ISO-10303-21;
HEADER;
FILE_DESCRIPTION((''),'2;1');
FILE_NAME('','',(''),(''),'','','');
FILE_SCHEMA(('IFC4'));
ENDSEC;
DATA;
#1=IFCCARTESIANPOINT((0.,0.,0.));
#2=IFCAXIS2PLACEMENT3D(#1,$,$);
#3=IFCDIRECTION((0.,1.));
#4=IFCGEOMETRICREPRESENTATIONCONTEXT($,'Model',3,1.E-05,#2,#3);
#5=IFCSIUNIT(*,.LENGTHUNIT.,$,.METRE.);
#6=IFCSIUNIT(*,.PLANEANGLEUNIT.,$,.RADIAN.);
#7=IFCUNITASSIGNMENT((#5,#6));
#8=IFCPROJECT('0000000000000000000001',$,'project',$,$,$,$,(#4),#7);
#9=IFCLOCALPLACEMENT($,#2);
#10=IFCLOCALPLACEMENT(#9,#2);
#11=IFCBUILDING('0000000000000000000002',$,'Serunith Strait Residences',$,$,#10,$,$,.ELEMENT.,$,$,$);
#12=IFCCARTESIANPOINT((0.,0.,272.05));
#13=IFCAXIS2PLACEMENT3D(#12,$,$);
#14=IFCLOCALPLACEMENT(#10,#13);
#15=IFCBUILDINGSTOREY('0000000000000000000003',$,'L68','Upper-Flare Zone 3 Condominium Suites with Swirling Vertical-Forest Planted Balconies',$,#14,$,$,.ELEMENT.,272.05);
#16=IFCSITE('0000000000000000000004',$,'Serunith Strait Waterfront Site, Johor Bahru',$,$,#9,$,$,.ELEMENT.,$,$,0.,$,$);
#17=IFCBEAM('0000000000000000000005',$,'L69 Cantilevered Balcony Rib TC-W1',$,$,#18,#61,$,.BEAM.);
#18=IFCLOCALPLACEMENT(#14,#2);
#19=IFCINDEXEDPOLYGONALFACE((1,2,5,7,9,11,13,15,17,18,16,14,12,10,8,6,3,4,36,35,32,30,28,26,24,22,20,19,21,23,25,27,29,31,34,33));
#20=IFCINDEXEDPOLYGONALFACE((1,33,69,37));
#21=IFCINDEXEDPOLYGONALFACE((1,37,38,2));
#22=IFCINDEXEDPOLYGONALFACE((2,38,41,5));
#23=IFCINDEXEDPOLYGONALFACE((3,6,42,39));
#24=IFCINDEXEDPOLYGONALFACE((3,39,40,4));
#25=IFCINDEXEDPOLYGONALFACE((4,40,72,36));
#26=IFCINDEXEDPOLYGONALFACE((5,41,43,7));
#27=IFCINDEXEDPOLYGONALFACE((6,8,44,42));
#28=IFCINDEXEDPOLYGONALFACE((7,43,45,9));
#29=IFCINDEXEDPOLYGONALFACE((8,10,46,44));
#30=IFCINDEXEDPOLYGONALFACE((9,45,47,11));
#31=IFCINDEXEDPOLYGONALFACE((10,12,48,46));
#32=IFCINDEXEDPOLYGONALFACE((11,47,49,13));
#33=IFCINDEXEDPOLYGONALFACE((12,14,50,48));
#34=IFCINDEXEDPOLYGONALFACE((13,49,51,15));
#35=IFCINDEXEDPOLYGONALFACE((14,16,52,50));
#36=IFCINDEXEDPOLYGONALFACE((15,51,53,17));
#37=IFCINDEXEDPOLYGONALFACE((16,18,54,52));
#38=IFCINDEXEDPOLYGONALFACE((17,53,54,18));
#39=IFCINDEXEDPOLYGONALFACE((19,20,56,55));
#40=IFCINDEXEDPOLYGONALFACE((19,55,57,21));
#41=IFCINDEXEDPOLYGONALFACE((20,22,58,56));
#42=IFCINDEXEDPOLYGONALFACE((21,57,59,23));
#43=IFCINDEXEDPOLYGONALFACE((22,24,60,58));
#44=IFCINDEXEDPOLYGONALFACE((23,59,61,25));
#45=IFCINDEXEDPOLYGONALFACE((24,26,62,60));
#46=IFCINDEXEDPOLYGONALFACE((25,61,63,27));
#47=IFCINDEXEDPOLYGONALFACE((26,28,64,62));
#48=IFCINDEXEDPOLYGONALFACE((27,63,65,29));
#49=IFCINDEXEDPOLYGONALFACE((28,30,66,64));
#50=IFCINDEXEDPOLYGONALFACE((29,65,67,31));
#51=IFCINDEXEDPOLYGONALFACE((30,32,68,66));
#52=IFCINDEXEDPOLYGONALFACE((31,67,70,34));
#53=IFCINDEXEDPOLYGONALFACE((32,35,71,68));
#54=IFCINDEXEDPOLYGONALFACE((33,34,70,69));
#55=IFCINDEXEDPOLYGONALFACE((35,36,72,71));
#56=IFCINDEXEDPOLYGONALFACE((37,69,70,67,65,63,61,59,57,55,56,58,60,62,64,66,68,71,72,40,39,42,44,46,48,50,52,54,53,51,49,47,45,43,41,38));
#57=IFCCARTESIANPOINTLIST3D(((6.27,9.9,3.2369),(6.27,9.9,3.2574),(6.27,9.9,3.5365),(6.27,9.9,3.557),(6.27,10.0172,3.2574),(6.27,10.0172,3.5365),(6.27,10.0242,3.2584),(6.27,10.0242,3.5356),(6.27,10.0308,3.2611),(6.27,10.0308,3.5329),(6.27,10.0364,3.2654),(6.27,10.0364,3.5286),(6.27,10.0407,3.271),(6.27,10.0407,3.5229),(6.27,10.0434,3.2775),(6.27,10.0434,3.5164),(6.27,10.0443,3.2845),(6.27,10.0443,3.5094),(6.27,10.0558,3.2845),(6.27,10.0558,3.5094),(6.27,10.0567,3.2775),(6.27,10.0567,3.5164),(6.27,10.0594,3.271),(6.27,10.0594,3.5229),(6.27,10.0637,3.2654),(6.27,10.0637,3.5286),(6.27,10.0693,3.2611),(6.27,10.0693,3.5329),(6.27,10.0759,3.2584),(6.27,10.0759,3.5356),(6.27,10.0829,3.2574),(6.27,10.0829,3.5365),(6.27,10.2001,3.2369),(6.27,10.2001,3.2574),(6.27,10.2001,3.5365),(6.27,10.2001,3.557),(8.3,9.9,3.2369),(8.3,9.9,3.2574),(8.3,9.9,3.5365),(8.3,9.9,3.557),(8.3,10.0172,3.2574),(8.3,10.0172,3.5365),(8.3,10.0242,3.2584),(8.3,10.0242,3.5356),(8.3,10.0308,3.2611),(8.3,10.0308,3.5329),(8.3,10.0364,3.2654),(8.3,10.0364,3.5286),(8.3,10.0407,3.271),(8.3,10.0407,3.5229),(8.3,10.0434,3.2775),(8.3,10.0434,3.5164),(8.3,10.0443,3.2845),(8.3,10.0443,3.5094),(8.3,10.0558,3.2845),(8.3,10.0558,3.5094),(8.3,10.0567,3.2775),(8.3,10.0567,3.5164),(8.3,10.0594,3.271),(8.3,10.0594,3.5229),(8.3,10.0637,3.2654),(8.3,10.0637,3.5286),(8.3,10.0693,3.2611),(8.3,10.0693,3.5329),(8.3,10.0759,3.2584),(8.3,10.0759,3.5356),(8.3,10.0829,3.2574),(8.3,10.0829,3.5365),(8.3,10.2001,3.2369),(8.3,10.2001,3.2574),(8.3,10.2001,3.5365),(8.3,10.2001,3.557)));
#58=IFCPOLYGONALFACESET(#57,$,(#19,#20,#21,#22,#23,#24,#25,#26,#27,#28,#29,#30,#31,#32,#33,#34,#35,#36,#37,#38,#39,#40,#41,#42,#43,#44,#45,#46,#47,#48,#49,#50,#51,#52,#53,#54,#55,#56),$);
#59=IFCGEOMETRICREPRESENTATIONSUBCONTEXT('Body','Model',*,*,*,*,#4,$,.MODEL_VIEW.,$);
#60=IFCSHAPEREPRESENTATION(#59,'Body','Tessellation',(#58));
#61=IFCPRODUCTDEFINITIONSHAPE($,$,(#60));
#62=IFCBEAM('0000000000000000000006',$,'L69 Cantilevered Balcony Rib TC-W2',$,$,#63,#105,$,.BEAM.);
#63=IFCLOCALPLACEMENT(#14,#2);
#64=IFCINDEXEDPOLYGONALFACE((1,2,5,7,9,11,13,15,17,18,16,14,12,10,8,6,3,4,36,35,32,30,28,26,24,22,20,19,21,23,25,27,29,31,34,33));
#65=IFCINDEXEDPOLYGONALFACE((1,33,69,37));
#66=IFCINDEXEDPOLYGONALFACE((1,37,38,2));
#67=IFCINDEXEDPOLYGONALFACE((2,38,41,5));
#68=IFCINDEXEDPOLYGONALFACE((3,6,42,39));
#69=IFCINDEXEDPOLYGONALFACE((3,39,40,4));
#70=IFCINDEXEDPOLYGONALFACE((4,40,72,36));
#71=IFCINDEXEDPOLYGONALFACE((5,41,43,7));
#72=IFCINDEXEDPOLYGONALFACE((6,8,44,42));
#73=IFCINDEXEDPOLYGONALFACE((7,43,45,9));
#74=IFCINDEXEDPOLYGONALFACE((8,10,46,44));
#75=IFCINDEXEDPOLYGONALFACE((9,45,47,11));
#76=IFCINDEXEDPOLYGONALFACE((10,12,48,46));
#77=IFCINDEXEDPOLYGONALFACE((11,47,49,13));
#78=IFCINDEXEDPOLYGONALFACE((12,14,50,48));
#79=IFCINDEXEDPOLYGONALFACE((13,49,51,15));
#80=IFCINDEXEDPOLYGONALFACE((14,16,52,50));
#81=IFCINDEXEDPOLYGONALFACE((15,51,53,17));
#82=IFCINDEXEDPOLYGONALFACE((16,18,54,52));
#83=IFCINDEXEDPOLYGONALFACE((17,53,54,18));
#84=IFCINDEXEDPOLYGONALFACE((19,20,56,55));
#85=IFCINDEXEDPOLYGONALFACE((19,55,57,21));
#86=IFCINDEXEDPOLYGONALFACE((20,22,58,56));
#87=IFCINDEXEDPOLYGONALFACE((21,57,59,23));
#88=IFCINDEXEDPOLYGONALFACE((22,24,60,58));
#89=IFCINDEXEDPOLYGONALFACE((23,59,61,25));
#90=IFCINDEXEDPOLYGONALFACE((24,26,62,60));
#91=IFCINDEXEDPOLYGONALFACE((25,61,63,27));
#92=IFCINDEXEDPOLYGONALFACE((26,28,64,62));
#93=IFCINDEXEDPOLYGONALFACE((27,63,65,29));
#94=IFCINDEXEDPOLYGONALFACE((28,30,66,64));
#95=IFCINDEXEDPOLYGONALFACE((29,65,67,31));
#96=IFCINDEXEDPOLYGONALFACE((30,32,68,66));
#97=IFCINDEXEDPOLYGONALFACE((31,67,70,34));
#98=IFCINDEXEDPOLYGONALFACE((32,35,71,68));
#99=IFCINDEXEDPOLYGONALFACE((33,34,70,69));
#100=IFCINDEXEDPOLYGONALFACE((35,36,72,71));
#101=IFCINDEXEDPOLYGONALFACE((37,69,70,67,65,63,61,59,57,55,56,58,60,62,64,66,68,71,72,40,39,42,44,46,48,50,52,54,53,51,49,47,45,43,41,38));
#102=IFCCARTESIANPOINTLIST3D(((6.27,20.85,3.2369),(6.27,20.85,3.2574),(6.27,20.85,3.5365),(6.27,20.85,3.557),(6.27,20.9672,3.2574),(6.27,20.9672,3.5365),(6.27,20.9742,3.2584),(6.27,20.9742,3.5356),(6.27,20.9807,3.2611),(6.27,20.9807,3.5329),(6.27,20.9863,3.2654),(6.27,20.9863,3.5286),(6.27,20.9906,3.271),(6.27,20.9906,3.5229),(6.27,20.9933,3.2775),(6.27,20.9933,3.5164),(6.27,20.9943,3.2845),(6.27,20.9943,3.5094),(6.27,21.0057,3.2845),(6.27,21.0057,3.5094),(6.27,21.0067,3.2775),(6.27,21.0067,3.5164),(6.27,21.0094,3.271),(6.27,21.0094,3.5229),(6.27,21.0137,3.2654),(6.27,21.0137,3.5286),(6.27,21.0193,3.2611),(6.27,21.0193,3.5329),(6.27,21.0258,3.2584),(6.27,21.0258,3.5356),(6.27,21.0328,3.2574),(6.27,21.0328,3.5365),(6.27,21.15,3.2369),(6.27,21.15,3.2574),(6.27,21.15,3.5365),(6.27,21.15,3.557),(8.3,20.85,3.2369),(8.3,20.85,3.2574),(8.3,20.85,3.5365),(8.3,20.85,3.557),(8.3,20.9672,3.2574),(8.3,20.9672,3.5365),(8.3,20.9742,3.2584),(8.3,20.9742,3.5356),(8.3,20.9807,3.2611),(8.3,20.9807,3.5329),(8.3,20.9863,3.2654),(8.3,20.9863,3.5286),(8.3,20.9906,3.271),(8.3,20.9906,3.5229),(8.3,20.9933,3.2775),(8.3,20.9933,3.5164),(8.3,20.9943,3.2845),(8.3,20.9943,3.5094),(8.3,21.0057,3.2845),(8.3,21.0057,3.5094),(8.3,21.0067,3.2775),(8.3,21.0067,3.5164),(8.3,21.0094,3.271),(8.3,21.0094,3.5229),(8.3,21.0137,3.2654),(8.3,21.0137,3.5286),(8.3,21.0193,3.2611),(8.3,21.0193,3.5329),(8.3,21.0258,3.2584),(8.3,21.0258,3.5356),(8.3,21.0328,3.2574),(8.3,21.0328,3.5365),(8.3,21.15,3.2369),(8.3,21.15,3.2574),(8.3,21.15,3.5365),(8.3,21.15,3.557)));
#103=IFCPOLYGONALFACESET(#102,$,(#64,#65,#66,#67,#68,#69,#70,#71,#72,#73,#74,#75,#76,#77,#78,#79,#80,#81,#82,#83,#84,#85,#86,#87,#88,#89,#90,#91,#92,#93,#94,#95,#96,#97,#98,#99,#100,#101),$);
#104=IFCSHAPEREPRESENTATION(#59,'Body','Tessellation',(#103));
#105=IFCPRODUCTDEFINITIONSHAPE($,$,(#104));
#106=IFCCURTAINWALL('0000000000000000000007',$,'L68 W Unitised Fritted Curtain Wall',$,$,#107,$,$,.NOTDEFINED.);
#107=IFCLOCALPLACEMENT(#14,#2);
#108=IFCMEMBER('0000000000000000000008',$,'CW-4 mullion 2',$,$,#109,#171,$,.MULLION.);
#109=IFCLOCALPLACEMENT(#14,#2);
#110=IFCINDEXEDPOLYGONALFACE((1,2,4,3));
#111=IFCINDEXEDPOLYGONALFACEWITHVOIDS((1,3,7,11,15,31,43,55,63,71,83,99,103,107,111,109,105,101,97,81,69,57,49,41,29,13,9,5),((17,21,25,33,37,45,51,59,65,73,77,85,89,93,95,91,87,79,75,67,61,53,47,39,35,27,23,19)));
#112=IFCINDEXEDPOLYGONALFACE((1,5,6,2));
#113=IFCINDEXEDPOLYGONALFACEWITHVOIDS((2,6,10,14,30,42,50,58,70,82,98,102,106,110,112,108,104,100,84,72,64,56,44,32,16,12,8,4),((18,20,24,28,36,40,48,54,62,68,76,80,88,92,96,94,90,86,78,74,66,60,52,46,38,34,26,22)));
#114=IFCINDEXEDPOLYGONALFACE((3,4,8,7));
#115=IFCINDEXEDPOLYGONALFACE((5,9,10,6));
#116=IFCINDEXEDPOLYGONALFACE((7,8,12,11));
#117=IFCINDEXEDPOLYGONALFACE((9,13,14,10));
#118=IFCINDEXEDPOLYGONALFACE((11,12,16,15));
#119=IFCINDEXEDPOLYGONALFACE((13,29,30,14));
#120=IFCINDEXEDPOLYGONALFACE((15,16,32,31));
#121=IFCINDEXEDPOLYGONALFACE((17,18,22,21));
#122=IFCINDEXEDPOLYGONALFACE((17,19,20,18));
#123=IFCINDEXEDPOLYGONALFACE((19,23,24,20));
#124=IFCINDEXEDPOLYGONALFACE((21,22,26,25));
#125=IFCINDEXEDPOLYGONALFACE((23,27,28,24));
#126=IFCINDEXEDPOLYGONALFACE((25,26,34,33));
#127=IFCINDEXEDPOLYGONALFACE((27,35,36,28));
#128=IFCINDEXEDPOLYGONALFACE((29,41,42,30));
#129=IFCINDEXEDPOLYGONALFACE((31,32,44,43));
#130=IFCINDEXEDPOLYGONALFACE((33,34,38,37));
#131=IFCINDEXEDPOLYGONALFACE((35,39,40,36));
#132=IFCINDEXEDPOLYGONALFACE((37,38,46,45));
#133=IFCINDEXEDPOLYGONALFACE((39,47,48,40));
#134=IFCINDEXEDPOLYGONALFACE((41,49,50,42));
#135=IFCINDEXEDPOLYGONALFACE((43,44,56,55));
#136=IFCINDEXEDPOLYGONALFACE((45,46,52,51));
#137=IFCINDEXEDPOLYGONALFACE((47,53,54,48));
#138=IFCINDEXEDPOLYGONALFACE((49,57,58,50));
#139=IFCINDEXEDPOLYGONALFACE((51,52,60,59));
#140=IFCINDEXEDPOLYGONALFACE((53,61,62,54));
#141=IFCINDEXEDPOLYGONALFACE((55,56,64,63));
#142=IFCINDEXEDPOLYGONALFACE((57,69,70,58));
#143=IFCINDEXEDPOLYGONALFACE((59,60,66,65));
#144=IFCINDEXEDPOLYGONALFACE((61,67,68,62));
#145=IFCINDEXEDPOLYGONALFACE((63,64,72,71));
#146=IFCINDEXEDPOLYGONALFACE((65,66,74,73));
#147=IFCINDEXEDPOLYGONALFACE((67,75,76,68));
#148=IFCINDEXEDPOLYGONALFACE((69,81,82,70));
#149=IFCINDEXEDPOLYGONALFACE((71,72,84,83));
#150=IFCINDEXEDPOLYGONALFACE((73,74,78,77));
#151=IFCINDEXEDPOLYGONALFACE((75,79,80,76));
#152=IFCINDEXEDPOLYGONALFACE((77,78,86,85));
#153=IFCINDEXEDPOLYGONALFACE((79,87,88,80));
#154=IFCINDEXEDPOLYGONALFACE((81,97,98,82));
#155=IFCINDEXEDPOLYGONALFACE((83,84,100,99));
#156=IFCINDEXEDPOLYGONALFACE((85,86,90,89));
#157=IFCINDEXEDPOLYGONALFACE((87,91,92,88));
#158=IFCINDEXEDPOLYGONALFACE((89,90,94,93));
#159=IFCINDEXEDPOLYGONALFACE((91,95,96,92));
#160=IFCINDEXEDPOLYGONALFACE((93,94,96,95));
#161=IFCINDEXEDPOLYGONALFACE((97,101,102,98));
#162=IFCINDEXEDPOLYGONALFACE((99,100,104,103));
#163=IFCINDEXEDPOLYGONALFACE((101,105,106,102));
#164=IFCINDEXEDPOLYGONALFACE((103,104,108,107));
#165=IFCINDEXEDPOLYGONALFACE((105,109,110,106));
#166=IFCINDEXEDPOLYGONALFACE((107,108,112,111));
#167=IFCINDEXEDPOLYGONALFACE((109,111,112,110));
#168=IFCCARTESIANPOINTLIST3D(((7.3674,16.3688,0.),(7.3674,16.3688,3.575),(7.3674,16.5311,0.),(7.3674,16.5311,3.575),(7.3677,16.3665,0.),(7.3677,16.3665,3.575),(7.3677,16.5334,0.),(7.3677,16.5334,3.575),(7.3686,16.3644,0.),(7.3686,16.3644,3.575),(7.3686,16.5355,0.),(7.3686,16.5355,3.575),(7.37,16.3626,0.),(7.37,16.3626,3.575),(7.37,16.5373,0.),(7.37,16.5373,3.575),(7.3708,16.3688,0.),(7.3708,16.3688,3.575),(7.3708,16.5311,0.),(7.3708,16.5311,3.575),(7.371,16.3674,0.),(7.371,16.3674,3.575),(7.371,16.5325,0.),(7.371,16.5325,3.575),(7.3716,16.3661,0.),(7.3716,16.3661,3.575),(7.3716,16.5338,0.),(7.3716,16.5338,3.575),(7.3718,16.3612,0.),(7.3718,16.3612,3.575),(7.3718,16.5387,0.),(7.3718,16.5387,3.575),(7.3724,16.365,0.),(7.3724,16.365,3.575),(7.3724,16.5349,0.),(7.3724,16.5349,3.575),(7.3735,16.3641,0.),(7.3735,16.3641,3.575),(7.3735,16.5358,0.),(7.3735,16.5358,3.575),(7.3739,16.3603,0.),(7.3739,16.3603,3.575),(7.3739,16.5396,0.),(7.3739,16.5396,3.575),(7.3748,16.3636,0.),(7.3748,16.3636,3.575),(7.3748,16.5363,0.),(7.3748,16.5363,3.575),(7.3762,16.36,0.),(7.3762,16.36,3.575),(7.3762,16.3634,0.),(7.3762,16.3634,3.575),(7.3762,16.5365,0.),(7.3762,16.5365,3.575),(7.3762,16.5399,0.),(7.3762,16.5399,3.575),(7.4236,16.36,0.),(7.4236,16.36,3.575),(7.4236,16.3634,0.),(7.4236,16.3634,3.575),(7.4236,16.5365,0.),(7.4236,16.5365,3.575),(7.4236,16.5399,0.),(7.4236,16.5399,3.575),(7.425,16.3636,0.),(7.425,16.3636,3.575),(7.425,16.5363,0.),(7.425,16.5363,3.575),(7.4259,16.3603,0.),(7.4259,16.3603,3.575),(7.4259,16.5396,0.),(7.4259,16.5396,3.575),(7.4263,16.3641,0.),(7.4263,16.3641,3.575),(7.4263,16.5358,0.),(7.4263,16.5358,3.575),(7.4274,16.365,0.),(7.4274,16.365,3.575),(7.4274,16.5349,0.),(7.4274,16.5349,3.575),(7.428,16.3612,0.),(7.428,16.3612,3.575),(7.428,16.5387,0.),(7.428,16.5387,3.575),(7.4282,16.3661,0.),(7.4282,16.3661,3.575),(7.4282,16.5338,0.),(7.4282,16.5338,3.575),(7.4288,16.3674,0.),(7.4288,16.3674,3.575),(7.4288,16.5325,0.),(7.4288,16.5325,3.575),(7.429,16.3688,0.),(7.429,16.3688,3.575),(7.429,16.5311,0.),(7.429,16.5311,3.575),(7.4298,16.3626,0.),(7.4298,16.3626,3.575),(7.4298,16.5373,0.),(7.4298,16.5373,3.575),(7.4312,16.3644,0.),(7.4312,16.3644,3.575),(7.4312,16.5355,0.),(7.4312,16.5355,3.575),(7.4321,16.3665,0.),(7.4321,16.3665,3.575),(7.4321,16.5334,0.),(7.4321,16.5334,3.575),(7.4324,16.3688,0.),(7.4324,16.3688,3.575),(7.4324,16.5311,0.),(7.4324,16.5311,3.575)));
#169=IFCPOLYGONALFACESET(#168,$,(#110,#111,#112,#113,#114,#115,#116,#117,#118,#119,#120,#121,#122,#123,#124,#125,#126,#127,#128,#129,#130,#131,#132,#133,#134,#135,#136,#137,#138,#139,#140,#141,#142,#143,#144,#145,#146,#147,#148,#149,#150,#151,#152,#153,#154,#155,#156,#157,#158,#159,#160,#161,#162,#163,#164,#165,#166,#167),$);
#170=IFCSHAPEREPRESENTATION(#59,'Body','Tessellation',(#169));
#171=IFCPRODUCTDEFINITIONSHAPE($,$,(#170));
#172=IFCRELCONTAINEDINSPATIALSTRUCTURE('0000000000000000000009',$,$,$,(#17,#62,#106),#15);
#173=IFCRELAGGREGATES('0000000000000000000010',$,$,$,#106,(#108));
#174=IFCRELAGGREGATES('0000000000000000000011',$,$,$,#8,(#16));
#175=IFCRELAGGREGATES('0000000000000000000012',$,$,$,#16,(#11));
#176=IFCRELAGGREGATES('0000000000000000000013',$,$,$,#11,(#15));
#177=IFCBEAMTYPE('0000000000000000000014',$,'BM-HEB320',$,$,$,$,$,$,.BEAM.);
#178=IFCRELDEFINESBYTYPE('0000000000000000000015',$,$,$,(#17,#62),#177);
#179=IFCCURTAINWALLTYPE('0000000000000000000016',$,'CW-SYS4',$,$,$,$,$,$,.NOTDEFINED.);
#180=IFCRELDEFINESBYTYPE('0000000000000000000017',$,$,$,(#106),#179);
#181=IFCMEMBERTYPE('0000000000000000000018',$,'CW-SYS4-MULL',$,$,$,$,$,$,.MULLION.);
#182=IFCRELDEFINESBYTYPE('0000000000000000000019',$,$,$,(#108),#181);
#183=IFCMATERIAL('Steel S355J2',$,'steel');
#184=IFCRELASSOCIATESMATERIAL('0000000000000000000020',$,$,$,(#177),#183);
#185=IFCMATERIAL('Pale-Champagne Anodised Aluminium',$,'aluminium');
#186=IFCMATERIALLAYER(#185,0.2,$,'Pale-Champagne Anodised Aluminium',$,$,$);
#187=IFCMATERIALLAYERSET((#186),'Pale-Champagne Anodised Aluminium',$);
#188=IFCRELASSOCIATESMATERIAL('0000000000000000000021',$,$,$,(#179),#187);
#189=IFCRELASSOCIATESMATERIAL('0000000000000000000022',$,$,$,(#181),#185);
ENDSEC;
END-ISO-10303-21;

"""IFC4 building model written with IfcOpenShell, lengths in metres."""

from ifc_helpers import new_model, si_unit, direction, frame, origin, origin_2d, place, context, subcontext, project, spatial, hollow_rectangle, i_section, extrude, source, transform, mapped, material, layer, layer_set, material_profile, profile_set, type_object, element, aggregate, save


model = new_model("IFC4")

# Units and contexts
model_context = context("Model", 3, precision=1e-05, world=origin(), true_north=direction((0.0, 1.0)))
body_context = subcontext(model_context, "Body", "Model", "MODEL_VIEW")
ifc_project = project(units=[si_unit("LENGTHUNIT", "METRE"), si_unit("PLANEANGLEUNIT", "RADIAN")], contexts=[model_context])

# Site, building, storey
site_placement = place(None, origin())
site = spatial("IfcSite", under=ifc_project, at=site_placement, Name="Serunith Strait Waterfront Site, Johor Bahru", CompositionType="ELEMENT", RefElevation=0.0)
building_placement = place(site_placement, origin())
building = spatial("IfcBuilding", under=site, at=building_placement, Name="Serunith Strait Residences", CompositionType="ELEMENT")
storey_placement = place(building_placement, frame((0.0, 0.0, 272.05)))
storey = spatial("IfcBuildingStorey", under=building, at=storey_placement, Name="L68", Description="Upper-Flare Zone 3 Condominium Suites with Swirling Vertical-Forest Planted Balconies", CompositionType="ELEMENT", Elevation=272.05)

# Beams
ifc_material_1 = material(Name="Steel S355J2", Category="steel")
ifc_material_profile_1 = material_profile(ifc_material_1, i_section(OverallWidth=0.3, OverallDepth=0.3201, WebThickness=0.0115, FlangeThickness=0.0205, FilletRadius=0.0271, at=origin_2d()), Name="HEB 320")
ifc_profile_set_1 = profile_set([ifc_material_profile_1], Name="Steel S355J2")
beam_type_1 = type_object("IfcBeamType", Name="BM-HEB320", PredefinedType="BEAM", material=ifc_profile_set_1)
shared_shape_1 = source(origin(), body_context, "Body", "SweptSolid", [
    extrude(i_section(OverallWidth=0.3, OverallDepth=0.3201, WebThickness=0.0115, FlangeThickness=0.0205, FilletRadius=0.0271, at=origin_2d()), origin(), (0.0, 0.0, 1.0), 2.03),
])
for number, where, z_axis, x_axis, name in (
    (1, (8.3, 10.05, 3.397), (-1.0, 0.0, 0.0), (0.0, -1.0, 0.0), "L69 Cantilevered Balcony Rib TC-W1"),
    (2, (8.3, 21.0, 3.397), (-1.0, 0.0, 0.0), (0.0, -1.0, 0.0), "L69 Cantilevered Balcony Rib TC-W2"),
):
    element("IfcBeam", number, at=place(storey_placement, frame(where, z_axis=z_axis, x_axis=x_axis)), inside=storey, type_object=beam_type_1, Name=name, PredefinedType="BEAM", context=body_context, shape_type="MappedRepresentation", body=[
        mapped(shared_shape_1, transform((0.0, 0.0, 0.0), scale=1.0)),
    ])

# Curtain wall, member
ifc_material_2 = material(Name="Pale-Champagne Anodised Aluminium", Category="aluminium")
ifc_layer_1 = layer(ifc_material_2, 0.2, Name="Pale-Champagne Anodised Aluminium")
ifc_layer_set_1 = layer_set([ifc_layer_1], Name="Pale-Champagne Anodised Aluminium")
curtain_wall_type = type_object("IfcCurtainWallType", Name="CW-SYS4", PredefinedType="NOTDEFINED", material=ifc_layer_set_1)
curtain_wall_placement = place(storey_placement, origin())
curtain_wall = element("IfcCurtainWall", 3, at=curtain_wall_placement, inside=storey, type_object=curtain_wall_type, Name="L68 W Unitised Fritted Curtain Wall", PredefinedType="NOTDEFINED")
ifc_material_profile_2 = material_profile(ifc_material_2, hollow_rectangle(XDim=0.0649, YDim=0.1799, WallThickness=0.0034, InnerFilletRadius=0.0054, OuterFilletRadius=0.0088, at=origin_2d()), Name="ALU 180x65x3.5")
ifc_profile_set_2 = profile_set([ifc_material_profile_2], Name="Pale-Champagne Anodised Aluminium")
member_type_1 = type_object("IfcMemberType", Name="CW-SYS4-MULL", PredefinedType="MULLION", material=ifc_profile_set_2)
shared_shape_2 = source(origin(), body_context, "Body", "SweptSolid", [
    extrude(hollow_rectangle(XDim=0.0649, YDim=0.1799, WallThickness=0.0034, InnerFilletRadius=0.0054, OuterFilletRadius=0.0088, at=origin_2d()), origin(), (0.0, 0.0, 1.0), 3.575),
])
member_1_placement = place(storey_placement, frame((7.3999, 16.45, 0.0), z_axis=(0.0, 0.0, 1.0), x_axis=(1.0, 0.0, 0.0)))
member_1 = element("IfcMember", 4, at=member_1_placement, type_object=member_type_1, Name="CW-4 mullion 2", PredefinedType="MULLION", context=body_context, shape_type="MappedRepresentation", body=[
    mapped(shared_shape_2, transform((0.0, 0.0, 0.0), scale=1.0)),
])
aggregate(curtain_wall, [member_1])

save(model, "model.ifc")
